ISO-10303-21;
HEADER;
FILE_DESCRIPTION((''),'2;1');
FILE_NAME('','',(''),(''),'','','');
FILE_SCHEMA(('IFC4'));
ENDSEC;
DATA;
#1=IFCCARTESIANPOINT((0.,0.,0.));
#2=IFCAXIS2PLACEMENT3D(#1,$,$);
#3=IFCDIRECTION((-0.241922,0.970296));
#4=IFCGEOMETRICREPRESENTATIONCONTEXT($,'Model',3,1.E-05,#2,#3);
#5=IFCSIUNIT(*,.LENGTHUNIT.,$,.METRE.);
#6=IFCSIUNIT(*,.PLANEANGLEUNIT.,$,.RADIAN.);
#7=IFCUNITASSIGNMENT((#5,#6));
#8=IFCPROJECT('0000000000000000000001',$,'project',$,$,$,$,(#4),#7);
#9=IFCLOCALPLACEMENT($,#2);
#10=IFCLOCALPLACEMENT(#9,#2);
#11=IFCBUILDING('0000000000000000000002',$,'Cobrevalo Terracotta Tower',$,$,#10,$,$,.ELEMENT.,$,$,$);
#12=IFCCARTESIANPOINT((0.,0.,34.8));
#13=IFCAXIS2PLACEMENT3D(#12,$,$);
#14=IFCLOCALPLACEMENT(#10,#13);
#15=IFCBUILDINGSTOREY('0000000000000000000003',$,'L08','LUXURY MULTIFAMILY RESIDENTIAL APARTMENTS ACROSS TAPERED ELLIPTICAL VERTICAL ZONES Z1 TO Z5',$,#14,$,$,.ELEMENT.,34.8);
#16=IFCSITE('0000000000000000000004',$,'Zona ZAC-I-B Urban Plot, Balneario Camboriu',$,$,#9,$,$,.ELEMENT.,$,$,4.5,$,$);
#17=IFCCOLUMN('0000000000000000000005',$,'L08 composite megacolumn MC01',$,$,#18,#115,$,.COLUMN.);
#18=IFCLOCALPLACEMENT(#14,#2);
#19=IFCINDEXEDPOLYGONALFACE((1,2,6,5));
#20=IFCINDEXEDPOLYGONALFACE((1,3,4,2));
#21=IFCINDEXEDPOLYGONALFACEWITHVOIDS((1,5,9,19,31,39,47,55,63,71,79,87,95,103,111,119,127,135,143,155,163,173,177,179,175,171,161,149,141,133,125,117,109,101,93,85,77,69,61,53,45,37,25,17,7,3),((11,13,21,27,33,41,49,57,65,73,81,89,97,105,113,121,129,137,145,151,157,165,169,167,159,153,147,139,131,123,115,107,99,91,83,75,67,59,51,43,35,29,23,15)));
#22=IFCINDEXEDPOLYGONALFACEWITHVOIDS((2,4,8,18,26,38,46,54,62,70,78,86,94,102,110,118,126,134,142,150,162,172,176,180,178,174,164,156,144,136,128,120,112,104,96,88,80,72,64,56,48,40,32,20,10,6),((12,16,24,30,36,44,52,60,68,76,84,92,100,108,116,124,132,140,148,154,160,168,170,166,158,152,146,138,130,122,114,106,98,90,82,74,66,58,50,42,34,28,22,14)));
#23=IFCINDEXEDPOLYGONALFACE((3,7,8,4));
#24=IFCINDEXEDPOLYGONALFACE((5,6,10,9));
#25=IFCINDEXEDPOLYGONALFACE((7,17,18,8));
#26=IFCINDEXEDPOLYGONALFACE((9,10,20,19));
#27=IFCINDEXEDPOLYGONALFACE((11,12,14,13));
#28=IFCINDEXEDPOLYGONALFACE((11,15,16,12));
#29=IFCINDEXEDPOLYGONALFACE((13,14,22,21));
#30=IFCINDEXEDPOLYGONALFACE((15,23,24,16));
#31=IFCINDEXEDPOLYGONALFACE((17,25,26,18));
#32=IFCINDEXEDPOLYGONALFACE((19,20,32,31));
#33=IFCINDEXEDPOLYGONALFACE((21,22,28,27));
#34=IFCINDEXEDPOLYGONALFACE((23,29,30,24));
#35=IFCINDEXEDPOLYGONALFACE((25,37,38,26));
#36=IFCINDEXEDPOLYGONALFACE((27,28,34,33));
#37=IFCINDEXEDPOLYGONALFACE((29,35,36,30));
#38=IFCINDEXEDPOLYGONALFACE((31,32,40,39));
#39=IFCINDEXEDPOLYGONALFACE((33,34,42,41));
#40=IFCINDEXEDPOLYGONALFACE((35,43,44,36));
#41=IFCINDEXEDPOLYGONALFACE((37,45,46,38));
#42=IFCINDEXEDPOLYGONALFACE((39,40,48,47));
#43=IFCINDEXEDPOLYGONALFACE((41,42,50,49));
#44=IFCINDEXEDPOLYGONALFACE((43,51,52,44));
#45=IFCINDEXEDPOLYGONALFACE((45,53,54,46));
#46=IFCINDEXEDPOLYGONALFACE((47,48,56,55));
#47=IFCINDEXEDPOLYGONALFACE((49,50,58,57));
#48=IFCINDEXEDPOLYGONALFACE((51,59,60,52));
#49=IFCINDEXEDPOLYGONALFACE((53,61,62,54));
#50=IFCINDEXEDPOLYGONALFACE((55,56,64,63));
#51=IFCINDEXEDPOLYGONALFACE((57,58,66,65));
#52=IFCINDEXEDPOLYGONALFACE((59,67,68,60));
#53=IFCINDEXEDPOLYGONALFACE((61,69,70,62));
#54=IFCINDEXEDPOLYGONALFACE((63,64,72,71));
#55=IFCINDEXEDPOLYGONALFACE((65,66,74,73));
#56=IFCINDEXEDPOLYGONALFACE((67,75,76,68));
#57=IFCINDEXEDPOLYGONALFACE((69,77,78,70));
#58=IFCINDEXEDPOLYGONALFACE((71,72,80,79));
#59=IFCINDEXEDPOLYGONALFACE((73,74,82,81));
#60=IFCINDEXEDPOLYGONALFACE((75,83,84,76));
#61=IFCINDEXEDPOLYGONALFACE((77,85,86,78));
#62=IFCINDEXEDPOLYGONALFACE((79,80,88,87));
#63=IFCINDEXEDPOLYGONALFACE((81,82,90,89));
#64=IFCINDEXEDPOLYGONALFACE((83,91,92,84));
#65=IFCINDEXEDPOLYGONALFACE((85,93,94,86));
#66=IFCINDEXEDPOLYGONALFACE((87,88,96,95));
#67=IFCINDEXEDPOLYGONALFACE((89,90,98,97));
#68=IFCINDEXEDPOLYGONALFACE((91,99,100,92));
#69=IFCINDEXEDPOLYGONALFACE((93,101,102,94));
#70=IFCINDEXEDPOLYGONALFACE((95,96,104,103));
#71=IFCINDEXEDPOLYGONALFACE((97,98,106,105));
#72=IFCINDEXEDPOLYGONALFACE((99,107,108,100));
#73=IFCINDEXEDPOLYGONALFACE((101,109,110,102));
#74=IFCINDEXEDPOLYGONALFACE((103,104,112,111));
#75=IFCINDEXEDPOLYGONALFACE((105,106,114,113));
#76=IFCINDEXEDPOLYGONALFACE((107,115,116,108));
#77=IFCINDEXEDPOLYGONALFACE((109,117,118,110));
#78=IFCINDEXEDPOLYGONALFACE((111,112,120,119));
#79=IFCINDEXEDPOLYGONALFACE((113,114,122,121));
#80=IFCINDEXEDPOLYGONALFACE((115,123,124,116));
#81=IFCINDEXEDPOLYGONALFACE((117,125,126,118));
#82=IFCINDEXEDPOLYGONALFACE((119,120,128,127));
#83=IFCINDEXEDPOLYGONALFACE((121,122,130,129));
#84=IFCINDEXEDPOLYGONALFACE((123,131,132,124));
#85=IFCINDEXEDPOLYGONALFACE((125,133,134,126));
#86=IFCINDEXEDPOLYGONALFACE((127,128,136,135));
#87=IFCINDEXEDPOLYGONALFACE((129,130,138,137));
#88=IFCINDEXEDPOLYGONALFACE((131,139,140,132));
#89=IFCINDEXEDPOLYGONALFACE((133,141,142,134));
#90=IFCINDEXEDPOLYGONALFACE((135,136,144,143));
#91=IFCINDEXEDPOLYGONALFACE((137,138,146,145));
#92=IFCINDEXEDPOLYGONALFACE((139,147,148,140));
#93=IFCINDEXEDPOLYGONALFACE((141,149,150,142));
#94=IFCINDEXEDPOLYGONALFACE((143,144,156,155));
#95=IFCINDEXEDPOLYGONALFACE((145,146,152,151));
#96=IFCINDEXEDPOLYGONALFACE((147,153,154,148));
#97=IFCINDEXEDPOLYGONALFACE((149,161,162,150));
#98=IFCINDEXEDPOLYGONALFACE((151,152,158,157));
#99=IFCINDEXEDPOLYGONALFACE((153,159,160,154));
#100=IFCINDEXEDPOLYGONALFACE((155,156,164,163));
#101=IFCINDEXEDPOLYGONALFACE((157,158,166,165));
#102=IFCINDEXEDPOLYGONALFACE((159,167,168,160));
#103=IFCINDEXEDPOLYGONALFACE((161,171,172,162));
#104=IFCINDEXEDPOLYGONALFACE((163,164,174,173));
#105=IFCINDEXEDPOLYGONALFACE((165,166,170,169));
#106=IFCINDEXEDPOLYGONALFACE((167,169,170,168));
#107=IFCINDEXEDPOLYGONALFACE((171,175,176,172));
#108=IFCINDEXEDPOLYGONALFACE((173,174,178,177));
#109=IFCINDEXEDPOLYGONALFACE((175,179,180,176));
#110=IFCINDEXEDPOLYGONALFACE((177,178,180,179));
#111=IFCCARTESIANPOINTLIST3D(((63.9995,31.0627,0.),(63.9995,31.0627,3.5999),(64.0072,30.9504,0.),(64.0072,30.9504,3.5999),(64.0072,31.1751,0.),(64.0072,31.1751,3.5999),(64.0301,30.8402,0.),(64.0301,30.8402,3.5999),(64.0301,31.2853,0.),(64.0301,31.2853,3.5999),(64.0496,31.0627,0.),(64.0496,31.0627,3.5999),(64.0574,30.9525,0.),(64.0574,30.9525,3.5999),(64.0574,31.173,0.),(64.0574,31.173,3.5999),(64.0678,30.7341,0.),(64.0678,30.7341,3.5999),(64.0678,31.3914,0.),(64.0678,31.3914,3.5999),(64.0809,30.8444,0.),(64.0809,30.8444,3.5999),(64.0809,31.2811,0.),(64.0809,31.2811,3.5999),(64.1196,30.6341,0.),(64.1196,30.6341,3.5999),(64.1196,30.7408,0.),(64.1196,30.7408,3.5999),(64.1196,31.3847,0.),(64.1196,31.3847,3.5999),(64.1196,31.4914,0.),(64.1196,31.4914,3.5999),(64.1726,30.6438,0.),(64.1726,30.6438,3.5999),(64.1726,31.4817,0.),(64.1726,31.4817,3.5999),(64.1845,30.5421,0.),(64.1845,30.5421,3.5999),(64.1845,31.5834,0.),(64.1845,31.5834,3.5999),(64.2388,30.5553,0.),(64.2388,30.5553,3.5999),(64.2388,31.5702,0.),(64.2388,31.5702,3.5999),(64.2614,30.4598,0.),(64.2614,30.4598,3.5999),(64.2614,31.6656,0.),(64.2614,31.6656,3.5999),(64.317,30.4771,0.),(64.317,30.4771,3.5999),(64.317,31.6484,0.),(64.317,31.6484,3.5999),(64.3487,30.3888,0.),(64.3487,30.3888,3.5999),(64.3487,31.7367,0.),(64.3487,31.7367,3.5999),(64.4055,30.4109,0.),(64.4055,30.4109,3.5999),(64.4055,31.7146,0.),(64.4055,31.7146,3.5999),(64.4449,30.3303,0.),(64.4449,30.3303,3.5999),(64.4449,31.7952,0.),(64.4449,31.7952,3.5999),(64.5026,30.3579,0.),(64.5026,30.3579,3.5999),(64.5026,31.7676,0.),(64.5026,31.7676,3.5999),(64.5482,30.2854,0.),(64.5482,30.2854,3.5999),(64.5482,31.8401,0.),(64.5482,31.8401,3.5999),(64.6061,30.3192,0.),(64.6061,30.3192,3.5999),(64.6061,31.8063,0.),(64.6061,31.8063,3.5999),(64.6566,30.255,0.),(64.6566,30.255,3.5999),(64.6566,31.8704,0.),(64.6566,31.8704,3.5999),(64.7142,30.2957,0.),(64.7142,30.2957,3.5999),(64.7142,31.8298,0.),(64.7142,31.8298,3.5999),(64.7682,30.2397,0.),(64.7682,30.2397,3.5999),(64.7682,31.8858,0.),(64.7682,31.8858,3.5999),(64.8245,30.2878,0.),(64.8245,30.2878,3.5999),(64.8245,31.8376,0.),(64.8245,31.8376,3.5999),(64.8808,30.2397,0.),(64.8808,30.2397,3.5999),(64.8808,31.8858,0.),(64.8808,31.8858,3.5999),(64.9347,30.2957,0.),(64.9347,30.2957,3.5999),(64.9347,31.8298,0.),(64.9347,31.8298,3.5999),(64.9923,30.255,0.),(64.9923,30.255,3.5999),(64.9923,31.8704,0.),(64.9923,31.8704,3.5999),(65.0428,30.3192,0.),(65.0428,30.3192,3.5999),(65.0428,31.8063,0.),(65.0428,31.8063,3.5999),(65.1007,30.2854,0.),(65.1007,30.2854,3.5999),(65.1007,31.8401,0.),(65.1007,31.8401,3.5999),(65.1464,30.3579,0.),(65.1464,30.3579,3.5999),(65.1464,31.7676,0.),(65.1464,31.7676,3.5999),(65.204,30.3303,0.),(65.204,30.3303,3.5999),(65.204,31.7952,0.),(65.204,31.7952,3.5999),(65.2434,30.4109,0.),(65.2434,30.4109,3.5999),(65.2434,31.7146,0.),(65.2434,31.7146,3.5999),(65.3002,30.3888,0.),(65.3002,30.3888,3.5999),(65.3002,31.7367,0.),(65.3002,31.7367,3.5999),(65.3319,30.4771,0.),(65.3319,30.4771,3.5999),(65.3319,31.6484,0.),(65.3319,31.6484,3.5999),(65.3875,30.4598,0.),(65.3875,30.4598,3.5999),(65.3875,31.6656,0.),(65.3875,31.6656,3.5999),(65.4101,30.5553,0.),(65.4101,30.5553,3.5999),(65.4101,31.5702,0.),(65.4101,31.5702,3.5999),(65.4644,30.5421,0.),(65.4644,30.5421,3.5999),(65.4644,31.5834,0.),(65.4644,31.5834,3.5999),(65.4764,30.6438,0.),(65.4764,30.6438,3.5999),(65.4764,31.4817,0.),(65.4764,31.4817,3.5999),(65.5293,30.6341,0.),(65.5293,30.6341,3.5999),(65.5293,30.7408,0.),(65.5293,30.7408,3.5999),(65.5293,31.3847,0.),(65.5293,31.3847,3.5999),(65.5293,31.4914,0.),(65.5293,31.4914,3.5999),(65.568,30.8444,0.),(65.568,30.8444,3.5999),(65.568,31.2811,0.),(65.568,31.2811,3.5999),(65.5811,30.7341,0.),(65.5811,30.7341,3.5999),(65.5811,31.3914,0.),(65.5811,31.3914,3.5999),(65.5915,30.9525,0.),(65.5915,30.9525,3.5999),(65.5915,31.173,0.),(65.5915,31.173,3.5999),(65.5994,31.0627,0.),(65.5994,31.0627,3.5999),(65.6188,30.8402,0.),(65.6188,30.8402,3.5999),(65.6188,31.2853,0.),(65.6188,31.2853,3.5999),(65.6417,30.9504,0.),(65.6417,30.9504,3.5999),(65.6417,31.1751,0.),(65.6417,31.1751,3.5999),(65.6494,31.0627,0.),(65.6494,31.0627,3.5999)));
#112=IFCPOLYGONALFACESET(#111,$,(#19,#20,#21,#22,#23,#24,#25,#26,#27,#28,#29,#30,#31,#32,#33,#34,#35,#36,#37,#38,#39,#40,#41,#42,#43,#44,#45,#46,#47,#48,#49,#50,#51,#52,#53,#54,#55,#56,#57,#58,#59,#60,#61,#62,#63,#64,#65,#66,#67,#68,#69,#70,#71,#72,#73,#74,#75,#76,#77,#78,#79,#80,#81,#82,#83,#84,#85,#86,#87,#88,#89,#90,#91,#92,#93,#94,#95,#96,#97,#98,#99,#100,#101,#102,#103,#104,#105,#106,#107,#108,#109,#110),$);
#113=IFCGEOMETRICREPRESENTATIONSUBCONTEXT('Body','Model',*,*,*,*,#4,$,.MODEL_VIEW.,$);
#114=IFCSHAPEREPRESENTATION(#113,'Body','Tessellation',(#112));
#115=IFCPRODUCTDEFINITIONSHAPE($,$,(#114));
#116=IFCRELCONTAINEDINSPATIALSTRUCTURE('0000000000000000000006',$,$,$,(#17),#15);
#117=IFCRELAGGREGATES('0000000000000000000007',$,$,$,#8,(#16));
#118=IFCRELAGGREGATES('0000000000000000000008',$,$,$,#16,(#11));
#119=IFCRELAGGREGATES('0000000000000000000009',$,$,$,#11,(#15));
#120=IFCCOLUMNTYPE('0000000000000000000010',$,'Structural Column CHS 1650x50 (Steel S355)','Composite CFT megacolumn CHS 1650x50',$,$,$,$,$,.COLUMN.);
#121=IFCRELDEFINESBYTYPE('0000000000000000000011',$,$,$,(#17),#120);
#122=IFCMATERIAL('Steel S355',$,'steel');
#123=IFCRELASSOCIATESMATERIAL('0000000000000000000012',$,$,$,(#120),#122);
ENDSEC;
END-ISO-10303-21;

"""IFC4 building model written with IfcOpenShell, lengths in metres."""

from ifc_helpers import new_model, si_unit, direction, frame, origin, origin_2d, place, context, subcontext, project, spatial, hollow_circle, extrude, material, material_profile, profile_set, type_object, element, save


model = new_model("IFC4")

# Units and contexts
model_context = context("Model", 3, precision=1e-05, world=origin(), true_north=direction((-0.241922, 0.970296)))
body_context = subcontext(model_context, "Body", "Model", "MODEL_VIEW")
ifc_project = project(units=[si_unit("LENGTHUNIT", "METRE"), si_unit("PLANEANGLEUNIT", "RADIAN")], contexts=[model_context])

# Site, building, storey
site_placement = place(None, origin())
site = spatial("IfcSite", under=ifc_project, at=site_placement, Name="Zona ZAC-I-B Urban Plot, Balneario Camboriu", CompositionType="ELEMENT", RefElevation=4.5)
building_placement = place(site_placement, origin())
building = spatial("IfcBuilding", under=site, at=building_placement, Name="Cobrevalo Terracotta Tower", CompositionType="ELEMENT")
storey_placement = place(building_placement, frame((0.0, 0.0, 34.8)))
storey = spatial("IfcBuildingStorey", under=building, at=storey_placement, Name="L08", Description="LUXURY MULTIFAMILY RESIDENTIAL APARTMENTS ACROSS TAPERED ELLIPTICAL VERTICAL ZONES Z1 TO Z5", CompositionType="ELEMENT", Elevation=34.8)

# Column
ifc_material_1 = material(Name="Steel S355", Category="steel")
ifc_material_profile_1 = material_profile(ifc_material_1, hollow_circle(Radius=0.825, WallThickness=0.05, at=origin_2d()), Name="CHS 1650x50")
ifc_profile_set_1 = profile_set([ifc_material_profile_1], Name="Steel S355")
column_type = type_object("IfcColumnType", Name="Structural Column CHS 1650x50 (Steel S355)", Description="Composite CFT megacolumn CHS 1650x50", PredefinedType="COLUMN", material=ifc_profile_set_1)
for number, where, z_axis, x_axis, name in (
    (1, (64.8245, 31.0627, 0.0), (0.0, 0.0, 1.0), (1.0, 0.0, 0.0), "L08 composite megacolumn MC01"),
):
    element("IfcColumn", number, at=place(storey_placement, frame(where, z_axis=z_axis, x_axis=x_axis)), inside=storey, type_object=column_type, Name=name, PredefinedType="COLUMN", context=body_context, shape_type="SweptSolid", body=[
        extrude(hollow_circle(Radius=0.825, WallThickness=0.05, at=origin_2d()), origin(), (0.0, 0.0, 1.0), 3.5999),
    ])

save(model, "model.ifc")
